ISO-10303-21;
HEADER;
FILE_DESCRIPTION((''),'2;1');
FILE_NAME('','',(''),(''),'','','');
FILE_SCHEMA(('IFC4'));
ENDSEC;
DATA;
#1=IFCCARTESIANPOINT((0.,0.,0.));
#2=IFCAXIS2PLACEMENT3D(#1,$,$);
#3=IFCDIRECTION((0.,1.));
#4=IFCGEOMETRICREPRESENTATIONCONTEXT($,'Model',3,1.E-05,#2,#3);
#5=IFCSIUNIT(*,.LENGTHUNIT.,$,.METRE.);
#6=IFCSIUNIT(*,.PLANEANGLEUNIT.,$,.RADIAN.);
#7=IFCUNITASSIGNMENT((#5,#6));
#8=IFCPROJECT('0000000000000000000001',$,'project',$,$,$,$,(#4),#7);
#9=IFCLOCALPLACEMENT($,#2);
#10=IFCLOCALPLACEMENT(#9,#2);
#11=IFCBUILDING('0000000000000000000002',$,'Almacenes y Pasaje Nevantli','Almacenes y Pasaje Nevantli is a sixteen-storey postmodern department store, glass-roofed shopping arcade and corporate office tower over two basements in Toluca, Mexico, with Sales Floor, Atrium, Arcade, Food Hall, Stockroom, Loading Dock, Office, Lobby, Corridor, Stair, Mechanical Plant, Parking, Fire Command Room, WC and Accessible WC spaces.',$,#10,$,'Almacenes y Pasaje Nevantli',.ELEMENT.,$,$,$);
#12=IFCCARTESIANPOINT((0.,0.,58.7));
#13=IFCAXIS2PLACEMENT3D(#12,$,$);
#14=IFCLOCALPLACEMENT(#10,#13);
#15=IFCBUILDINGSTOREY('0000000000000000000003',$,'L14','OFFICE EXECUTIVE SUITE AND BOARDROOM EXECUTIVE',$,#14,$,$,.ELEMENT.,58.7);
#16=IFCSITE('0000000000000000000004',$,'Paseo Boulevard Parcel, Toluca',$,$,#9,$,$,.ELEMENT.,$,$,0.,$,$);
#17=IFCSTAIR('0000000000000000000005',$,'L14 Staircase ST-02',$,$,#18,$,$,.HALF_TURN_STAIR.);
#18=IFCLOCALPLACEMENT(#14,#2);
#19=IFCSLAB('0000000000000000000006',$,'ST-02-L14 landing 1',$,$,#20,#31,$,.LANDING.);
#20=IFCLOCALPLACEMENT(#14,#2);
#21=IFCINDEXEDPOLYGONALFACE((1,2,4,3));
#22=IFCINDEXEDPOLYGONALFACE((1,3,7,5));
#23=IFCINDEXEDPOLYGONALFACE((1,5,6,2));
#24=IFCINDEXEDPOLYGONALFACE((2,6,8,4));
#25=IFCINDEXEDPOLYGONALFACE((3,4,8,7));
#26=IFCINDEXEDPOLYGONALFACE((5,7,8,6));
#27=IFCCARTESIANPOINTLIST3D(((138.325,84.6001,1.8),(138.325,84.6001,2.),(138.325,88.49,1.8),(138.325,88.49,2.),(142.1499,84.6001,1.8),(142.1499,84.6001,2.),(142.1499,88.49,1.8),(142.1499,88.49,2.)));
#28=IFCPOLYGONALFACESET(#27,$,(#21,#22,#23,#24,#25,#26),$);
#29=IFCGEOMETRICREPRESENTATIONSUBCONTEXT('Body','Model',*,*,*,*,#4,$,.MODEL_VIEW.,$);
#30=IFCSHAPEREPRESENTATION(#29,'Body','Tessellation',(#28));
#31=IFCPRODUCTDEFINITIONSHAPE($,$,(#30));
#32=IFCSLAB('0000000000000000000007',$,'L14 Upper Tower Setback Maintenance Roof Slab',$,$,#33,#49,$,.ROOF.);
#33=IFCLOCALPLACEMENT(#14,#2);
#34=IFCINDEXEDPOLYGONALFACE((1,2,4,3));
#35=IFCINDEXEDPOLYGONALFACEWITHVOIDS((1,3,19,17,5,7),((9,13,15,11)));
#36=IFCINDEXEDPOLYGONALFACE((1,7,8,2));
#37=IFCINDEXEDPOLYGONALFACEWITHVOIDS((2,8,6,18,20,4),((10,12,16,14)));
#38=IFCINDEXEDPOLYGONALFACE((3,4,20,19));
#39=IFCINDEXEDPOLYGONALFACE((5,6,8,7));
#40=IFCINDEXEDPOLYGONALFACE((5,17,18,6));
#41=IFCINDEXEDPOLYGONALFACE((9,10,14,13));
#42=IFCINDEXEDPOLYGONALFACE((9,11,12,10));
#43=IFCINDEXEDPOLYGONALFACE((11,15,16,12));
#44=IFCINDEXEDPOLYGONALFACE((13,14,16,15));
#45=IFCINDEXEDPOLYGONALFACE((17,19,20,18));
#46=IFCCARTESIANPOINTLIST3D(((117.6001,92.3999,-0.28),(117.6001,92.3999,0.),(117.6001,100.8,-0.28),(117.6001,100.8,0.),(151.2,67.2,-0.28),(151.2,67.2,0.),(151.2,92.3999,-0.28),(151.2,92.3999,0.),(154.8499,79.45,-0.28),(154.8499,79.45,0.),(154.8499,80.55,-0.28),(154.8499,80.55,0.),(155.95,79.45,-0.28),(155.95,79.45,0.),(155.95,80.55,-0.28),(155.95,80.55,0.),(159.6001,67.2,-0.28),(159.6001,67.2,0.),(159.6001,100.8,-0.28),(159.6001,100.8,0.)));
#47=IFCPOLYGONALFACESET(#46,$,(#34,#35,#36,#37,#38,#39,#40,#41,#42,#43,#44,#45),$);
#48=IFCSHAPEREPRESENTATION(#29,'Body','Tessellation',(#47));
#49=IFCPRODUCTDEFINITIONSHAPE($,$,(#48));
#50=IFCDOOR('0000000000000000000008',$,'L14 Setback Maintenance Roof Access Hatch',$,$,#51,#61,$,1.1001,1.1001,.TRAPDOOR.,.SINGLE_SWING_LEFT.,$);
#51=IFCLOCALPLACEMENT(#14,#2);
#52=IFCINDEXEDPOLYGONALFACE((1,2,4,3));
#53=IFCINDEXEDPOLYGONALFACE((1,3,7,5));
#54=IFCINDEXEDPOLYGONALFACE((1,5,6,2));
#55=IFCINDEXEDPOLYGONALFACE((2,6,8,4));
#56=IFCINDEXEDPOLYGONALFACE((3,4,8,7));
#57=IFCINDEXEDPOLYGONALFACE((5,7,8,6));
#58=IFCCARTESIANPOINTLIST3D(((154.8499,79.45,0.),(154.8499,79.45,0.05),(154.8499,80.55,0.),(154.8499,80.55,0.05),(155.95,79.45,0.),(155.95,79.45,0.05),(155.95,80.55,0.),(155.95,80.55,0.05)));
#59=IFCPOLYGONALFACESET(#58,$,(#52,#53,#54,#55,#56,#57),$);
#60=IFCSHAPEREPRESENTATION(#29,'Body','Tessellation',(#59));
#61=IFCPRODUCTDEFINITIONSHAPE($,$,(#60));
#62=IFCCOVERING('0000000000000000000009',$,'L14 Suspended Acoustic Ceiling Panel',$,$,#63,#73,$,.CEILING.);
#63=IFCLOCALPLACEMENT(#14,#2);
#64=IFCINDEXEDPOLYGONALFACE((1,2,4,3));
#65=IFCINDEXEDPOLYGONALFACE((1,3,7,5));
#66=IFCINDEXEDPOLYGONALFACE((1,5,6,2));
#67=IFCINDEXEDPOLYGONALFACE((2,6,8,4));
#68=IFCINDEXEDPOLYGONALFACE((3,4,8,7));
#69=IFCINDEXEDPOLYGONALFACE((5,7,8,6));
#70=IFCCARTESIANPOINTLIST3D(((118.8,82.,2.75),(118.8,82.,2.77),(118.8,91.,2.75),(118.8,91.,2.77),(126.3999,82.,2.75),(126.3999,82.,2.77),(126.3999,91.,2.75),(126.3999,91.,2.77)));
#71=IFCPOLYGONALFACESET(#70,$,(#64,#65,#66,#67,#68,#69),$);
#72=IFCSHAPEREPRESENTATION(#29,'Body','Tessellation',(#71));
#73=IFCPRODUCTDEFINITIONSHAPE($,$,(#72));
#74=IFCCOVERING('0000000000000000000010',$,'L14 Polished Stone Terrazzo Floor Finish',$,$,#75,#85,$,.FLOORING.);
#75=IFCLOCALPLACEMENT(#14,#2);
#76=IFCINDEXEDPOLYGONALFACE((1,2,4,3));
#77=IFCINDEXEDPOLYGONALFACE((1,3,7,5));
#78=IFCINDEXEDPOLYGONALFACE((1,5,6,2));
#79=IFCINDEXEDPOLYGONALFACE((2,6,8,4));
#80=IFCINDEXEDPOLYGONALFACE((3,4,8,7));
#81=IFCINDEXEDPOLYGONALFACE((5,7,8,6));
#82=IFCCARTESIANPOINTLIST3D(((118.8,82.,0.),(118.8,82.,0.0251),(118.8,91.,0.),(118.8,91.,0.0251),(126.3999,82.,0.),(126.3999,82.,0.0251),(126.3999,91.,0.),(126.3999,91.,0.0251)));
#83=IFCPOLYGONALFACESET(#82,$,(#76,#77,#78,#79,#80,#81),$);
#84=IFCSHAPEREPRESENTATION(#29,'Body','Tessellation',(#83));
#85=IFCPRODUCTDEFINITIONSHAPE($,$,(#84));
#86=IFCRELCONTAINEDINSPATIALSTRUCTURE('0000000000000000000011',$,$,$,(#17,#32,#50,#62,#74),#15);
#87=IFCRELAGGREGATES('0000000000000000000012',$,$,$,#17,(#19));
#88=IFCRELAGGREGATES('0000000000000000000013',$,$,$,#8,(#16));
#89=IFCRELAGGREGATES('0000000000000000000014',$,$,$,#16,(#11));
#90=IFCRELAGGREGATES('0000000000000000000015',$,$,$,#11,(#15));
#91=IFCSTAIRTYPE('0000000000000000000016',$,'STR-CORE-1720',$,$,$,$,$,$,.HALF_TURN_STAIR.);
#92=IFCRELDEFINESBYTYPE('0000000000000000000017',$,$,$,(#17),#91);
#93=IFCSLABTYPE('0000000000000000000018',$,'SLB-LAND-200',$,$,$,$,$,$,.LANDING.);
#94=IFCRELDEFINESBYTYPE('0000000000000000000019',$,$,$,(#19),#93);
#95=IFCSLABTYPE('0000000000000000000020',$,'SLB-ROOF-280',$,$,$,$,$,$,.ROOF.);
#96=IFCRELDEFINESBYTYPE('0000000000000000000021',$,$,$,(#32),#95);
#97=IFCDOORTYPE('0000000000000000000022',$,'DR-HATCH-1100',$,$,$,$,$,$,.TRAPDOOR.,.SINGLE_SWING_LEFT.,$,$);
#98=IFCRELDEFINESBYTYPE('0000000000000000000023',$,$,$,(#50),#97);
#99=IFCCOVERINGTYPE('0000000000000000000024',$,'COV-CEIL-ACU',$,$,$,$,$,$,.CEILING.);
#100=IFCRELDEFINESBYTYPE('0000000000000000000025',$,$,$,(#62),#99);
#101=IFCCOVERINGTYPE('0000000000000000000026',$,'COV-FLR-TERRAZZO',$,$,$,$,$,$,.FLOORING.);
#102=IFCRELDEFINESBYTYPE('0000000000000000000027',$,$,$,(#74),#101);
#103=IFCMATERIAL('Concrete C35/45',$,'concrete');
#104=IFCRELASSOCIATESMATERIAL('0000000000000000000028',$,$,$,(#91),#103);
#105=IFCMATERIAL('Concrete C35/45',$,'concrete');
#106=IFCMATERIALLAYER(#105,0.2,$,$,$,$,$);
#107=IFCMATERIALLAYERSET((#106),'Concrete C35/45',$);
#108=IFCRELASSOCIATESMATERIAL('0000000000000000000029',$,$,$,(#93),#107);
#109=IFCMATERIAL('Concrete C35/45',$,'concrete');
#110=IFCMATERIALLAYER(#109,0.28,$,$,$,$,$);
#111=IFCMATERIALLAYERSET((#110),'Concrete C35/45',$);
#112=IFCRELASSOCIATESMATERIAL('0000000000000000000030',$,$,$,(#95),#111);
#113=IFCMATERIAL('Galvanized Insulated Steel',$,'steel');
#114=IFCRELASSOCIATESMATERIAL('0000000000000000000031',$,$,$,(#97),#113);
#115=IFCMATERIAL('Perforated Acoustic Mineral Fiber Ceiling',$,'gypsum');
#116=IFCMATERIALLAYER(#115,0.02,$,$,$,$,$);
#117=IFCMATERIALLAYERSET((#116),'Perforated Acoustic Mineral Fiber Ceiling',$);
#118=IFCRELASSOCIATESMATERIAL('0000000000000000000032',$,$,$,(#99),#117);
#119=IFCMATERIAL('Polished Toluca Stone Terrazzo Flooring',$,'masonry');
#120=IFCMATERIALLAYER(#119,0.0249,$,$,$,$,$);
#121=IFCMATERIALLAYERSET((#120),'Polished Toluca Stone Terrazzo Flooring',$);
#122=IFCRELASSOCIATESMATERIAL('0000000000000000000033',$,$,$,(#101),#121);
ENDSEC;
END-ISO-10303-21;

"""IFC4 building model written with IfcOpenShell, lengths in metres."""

from ifc_helpers import new_model, si_unit, direction, frame, origin, origin_2d, place, context, subcontext, project, spatial, polyline, rectangle, outline, extrude, material, layer, layer_set, type_object, element, fill, aggregate, save


model = new_model("IFC4")

# Units and contexts
model_context = context("Model", 3, precision=1e-05, world=origin(), true_north=direction((0.0, 1.0)))
body_context = subcontext(model_context, "Body", "Model", "MODEL_VIEW")
ifc_project = project(units=[si_unit("LENGTHUNIT", "METRE"), si_unit("PLANEANGLEUNIT", "RADIAN")], contexts=[model_context])

# Site, building, storey
site_placement = place(None, origin())
site = spatial("IfcSite", under=ifc_project, at=site_placement, Name="Paseo Boulevard Parcel, Toluca", CompositionType="ELEMENT", RefElevation=0.0)
building_placement = place(site_placement, origin())
building = spatial("IfcBuilding", under=site, at=building_placement, Name="Almacenes y Pasaje Nevantli", Description="Almacenes y Pasaje Nevantli is a sixteen-storey postmodern department store, glass-roofed shopping arcade and corporate office tower over two basements in Toluca, Mexico, with Sales Floor, Atrium, Arcade, Food Hall, Stockroom, Loading Dock, Office, Lobby, Corridor, Stair, Mechanical Plant, Parking, Fire Command Room, WC and Accessible WC spaces.", LongName="Almacenes y Pasaje Nevantli", CompositionType="ELEMENT")
storey_placement = place(building_placement, frame((0.0, 0.0, 58.7)))
storey = spatial("IfcBuildingStorey", under=building, at=storey_placement, Name="L14", Description="OFFICE EXECUTIVE SUITE AND BOARDROOM EXECUTIVE", CompositionType="ELEMENT", Elevation=58.7)

# Stair, slab
ifc_material_1 = material(Name="Concrete C35/45", Category="concrete")
stair_type = type_object("IfcStairType", Name="STR-CORE-1720", PredefinedType="HALF_TURN_STAIR", material=ifc_material_1)
ifc_material_2 = material(Name="Concrete C35/45", Category="concrete")
ifc_layer_1 = layer(ifc_material_2, 0.2)
ifc_layer_set_1 = layer_set([ifc_layer_1], Name="Concrete C35/45")
slab_type_1 = type_object("IfcSlabType", Name="SLB-LAND-200", PredefinedType="LANDING", material=ifc_layer_set_1)
stair_1_placement = place(storey_placement, origin())
stair_1 = element("IfcStair", 1, at=stair_1_placement, inside=storey, type_object=stair_type, Name="L14 Staircase ST-02", PredefinedType="HALF_TURN_STAIR")
slab_1_placement = place(storey_placement, frame((0.0, 0.0, 1.8)))
slab_1 = element("IfcSlab", 2, at=slab_1_placement, type_object=slab_type_1, Name="ST-02-L14 landing 1", PredefinedType="LANDING", context=body_context, shape_type="SweptSolid", body=[
    extrude(outline(polyline([(138.325, 84.6001), (142.1499, 84.6001), (142.1499, 88.49), (138.325, 88.49), (138.325, 84.6001)])), origin(), (0.0, 0.0, 1.0), 0.2),
])
aggregate(stair_1, [slab_1])

# Slab, opening, door
ifc_material_3 = material(Name="Concrete C35/45", Category="concrete")
ifc_layer_2 = layer(ifc_material_3, 0.28)
ifc_layer_set_2 = layer_set([ifc_layer_2], Name="Concrete C35/45")
slab_type_2 = type_object("IfcSlabType", Name="SLB-ROOF-280", PredefinedType="ROOF", material=ifc_layer_set_2)
slab_2_placement = place(storey_placement, frame((0.0, 0.0, -0.28)))
slab_2 = element("IfcSlab", 3, at=slab_2_placement, inside=storey, type_object=slab_type_2, Name="L14 Upper Tower Setback Maintenance Roof Slab", PredefinedType="ROOF", context=body_context, shape_type="SweptSolid", body=[
    extrude(outline(polyline([(117.6001, 92.3999), (151.2, 92.3999), (151.2, 67.2), (159.6001, 67.2), (159.6001, 100.8), (117.6001, 100.8), (117.6001, 92.3999)])), origin(), (0.0, 0.0, 1.0), 0.28),
])
opening_placement = place(slab_2_placement, frame((155.3999, 80.0, -0.01)))
opening = element("IfcOpeningElement", 4, at=opening_placement, cuts=slab_2, PredefinedType="OPENING", context=body_context, shape_type="SweptSolid", body=[
    extrude(rectangle(XDim=1.1001, YDim=1.1001, at=origin_2d()), origin(), (0.0, 0.0, 1.0), 0.3501),
])
ifc_material_4 = material(Name="Galvanized Insulated Steel", Category="steel")
door_type = type_object("IfcDoorType", Name="DR-HATCH-1100", OperationType="SINGLE_SWING_LEFT", PredefinedType="TRAPDOOR", material=ifc_material_4)
door_placement = place(slab_2_placement, frame((155.3999, 80.0, 0.28)))
door = element("IfcDoor", 5, at=door_placement, inside=storey, type_object=door_type, Name="L14 Setback Maintenance Roof Access Hatch", OperationType="SINGLE_SWING_LEFT", OverallHeight=1.1001, OverallWidth=1.1001, PredefinedType="TRAPDOOR", context=body_context, shape_type="SweptSolid", body=[
    extrude(rectangle(XDim=1.1001, YDim=1.1001, at=origin_2d()), origin(), (0.0, 0.0, 1.0), 0.05),
])
fill(opening, door)

# Coverings
ifc_material_5 = material(Name="Perforated Acoustic Mineral Fiber Ceiling", Category="gypsum")
ifc_layer_3 = layer(ifc_material_5, 0.02)
ifc_layer_set_3 = layer_set([ifc_layer_3], Name="Perforated Acoustic Mineral Fiber Ceiling")
covering_type_1 = type_object("IfcCoveringType", Name="COV-CEIL-ACU", PredefinedType="CEILING", material=ifc_layer_set_3)
covering_1_placement = place(storey_placement, frame((0.0, 0.0, 2.75)))
element("IfcCovering", 6, at=covering_1_placement, inside=storey, type_object=covering_type_1, Name="L14 Suspended Acoustic Ceiling Panel", PredefinedType="CEILING", context=body_context, shape_type="SweptSolid", body=[
    extrude(outline(polyline([(118.8, 82.0), (126.3999, 82.0), (126.3999, 91.0), (118.8, 91.0), (118.8, 82.0)])), origin(), (0.0, 0.0, 1.0), 0.02),
])
ifc_material_6 = material(Name="Polished Toluca Stone Terrazzo Flooring", Category="masonry")
ifc_layer_4 = layer(ifc_material_6, 0.0249)
ifc_layer_set_4 = layer_set([ifc_layer_4], Name="Polished Toluca Stone Terrazzo Flooring")
covering_type_2 = type_object("IfcCoveringType", Name="COV-FLR-TERRAZZO", PredefinedType="FLOORING", material=ifc_layer_set_4)
covering_2_placement = place(storey_placement, origin())
element("IfcCovering", 7, at=covering_2_placement, inside=storey, type_object=covering_type_2, Name="L14 Polished Stone Terrazzo Floor Finish", PredefinedType="FLOORING", context=body_context, shape_type="SweptSolid", body=[
    extrude(outline(polyline([(118.8, 82.0), (126.3999, 82.0), (126.3999, 91.0), (118.8, 91.0), (118.8, 82.0)])), origin(), (0.0, 0.0, 1.0), 0.0251),
])

save(model, "model.ifc")
